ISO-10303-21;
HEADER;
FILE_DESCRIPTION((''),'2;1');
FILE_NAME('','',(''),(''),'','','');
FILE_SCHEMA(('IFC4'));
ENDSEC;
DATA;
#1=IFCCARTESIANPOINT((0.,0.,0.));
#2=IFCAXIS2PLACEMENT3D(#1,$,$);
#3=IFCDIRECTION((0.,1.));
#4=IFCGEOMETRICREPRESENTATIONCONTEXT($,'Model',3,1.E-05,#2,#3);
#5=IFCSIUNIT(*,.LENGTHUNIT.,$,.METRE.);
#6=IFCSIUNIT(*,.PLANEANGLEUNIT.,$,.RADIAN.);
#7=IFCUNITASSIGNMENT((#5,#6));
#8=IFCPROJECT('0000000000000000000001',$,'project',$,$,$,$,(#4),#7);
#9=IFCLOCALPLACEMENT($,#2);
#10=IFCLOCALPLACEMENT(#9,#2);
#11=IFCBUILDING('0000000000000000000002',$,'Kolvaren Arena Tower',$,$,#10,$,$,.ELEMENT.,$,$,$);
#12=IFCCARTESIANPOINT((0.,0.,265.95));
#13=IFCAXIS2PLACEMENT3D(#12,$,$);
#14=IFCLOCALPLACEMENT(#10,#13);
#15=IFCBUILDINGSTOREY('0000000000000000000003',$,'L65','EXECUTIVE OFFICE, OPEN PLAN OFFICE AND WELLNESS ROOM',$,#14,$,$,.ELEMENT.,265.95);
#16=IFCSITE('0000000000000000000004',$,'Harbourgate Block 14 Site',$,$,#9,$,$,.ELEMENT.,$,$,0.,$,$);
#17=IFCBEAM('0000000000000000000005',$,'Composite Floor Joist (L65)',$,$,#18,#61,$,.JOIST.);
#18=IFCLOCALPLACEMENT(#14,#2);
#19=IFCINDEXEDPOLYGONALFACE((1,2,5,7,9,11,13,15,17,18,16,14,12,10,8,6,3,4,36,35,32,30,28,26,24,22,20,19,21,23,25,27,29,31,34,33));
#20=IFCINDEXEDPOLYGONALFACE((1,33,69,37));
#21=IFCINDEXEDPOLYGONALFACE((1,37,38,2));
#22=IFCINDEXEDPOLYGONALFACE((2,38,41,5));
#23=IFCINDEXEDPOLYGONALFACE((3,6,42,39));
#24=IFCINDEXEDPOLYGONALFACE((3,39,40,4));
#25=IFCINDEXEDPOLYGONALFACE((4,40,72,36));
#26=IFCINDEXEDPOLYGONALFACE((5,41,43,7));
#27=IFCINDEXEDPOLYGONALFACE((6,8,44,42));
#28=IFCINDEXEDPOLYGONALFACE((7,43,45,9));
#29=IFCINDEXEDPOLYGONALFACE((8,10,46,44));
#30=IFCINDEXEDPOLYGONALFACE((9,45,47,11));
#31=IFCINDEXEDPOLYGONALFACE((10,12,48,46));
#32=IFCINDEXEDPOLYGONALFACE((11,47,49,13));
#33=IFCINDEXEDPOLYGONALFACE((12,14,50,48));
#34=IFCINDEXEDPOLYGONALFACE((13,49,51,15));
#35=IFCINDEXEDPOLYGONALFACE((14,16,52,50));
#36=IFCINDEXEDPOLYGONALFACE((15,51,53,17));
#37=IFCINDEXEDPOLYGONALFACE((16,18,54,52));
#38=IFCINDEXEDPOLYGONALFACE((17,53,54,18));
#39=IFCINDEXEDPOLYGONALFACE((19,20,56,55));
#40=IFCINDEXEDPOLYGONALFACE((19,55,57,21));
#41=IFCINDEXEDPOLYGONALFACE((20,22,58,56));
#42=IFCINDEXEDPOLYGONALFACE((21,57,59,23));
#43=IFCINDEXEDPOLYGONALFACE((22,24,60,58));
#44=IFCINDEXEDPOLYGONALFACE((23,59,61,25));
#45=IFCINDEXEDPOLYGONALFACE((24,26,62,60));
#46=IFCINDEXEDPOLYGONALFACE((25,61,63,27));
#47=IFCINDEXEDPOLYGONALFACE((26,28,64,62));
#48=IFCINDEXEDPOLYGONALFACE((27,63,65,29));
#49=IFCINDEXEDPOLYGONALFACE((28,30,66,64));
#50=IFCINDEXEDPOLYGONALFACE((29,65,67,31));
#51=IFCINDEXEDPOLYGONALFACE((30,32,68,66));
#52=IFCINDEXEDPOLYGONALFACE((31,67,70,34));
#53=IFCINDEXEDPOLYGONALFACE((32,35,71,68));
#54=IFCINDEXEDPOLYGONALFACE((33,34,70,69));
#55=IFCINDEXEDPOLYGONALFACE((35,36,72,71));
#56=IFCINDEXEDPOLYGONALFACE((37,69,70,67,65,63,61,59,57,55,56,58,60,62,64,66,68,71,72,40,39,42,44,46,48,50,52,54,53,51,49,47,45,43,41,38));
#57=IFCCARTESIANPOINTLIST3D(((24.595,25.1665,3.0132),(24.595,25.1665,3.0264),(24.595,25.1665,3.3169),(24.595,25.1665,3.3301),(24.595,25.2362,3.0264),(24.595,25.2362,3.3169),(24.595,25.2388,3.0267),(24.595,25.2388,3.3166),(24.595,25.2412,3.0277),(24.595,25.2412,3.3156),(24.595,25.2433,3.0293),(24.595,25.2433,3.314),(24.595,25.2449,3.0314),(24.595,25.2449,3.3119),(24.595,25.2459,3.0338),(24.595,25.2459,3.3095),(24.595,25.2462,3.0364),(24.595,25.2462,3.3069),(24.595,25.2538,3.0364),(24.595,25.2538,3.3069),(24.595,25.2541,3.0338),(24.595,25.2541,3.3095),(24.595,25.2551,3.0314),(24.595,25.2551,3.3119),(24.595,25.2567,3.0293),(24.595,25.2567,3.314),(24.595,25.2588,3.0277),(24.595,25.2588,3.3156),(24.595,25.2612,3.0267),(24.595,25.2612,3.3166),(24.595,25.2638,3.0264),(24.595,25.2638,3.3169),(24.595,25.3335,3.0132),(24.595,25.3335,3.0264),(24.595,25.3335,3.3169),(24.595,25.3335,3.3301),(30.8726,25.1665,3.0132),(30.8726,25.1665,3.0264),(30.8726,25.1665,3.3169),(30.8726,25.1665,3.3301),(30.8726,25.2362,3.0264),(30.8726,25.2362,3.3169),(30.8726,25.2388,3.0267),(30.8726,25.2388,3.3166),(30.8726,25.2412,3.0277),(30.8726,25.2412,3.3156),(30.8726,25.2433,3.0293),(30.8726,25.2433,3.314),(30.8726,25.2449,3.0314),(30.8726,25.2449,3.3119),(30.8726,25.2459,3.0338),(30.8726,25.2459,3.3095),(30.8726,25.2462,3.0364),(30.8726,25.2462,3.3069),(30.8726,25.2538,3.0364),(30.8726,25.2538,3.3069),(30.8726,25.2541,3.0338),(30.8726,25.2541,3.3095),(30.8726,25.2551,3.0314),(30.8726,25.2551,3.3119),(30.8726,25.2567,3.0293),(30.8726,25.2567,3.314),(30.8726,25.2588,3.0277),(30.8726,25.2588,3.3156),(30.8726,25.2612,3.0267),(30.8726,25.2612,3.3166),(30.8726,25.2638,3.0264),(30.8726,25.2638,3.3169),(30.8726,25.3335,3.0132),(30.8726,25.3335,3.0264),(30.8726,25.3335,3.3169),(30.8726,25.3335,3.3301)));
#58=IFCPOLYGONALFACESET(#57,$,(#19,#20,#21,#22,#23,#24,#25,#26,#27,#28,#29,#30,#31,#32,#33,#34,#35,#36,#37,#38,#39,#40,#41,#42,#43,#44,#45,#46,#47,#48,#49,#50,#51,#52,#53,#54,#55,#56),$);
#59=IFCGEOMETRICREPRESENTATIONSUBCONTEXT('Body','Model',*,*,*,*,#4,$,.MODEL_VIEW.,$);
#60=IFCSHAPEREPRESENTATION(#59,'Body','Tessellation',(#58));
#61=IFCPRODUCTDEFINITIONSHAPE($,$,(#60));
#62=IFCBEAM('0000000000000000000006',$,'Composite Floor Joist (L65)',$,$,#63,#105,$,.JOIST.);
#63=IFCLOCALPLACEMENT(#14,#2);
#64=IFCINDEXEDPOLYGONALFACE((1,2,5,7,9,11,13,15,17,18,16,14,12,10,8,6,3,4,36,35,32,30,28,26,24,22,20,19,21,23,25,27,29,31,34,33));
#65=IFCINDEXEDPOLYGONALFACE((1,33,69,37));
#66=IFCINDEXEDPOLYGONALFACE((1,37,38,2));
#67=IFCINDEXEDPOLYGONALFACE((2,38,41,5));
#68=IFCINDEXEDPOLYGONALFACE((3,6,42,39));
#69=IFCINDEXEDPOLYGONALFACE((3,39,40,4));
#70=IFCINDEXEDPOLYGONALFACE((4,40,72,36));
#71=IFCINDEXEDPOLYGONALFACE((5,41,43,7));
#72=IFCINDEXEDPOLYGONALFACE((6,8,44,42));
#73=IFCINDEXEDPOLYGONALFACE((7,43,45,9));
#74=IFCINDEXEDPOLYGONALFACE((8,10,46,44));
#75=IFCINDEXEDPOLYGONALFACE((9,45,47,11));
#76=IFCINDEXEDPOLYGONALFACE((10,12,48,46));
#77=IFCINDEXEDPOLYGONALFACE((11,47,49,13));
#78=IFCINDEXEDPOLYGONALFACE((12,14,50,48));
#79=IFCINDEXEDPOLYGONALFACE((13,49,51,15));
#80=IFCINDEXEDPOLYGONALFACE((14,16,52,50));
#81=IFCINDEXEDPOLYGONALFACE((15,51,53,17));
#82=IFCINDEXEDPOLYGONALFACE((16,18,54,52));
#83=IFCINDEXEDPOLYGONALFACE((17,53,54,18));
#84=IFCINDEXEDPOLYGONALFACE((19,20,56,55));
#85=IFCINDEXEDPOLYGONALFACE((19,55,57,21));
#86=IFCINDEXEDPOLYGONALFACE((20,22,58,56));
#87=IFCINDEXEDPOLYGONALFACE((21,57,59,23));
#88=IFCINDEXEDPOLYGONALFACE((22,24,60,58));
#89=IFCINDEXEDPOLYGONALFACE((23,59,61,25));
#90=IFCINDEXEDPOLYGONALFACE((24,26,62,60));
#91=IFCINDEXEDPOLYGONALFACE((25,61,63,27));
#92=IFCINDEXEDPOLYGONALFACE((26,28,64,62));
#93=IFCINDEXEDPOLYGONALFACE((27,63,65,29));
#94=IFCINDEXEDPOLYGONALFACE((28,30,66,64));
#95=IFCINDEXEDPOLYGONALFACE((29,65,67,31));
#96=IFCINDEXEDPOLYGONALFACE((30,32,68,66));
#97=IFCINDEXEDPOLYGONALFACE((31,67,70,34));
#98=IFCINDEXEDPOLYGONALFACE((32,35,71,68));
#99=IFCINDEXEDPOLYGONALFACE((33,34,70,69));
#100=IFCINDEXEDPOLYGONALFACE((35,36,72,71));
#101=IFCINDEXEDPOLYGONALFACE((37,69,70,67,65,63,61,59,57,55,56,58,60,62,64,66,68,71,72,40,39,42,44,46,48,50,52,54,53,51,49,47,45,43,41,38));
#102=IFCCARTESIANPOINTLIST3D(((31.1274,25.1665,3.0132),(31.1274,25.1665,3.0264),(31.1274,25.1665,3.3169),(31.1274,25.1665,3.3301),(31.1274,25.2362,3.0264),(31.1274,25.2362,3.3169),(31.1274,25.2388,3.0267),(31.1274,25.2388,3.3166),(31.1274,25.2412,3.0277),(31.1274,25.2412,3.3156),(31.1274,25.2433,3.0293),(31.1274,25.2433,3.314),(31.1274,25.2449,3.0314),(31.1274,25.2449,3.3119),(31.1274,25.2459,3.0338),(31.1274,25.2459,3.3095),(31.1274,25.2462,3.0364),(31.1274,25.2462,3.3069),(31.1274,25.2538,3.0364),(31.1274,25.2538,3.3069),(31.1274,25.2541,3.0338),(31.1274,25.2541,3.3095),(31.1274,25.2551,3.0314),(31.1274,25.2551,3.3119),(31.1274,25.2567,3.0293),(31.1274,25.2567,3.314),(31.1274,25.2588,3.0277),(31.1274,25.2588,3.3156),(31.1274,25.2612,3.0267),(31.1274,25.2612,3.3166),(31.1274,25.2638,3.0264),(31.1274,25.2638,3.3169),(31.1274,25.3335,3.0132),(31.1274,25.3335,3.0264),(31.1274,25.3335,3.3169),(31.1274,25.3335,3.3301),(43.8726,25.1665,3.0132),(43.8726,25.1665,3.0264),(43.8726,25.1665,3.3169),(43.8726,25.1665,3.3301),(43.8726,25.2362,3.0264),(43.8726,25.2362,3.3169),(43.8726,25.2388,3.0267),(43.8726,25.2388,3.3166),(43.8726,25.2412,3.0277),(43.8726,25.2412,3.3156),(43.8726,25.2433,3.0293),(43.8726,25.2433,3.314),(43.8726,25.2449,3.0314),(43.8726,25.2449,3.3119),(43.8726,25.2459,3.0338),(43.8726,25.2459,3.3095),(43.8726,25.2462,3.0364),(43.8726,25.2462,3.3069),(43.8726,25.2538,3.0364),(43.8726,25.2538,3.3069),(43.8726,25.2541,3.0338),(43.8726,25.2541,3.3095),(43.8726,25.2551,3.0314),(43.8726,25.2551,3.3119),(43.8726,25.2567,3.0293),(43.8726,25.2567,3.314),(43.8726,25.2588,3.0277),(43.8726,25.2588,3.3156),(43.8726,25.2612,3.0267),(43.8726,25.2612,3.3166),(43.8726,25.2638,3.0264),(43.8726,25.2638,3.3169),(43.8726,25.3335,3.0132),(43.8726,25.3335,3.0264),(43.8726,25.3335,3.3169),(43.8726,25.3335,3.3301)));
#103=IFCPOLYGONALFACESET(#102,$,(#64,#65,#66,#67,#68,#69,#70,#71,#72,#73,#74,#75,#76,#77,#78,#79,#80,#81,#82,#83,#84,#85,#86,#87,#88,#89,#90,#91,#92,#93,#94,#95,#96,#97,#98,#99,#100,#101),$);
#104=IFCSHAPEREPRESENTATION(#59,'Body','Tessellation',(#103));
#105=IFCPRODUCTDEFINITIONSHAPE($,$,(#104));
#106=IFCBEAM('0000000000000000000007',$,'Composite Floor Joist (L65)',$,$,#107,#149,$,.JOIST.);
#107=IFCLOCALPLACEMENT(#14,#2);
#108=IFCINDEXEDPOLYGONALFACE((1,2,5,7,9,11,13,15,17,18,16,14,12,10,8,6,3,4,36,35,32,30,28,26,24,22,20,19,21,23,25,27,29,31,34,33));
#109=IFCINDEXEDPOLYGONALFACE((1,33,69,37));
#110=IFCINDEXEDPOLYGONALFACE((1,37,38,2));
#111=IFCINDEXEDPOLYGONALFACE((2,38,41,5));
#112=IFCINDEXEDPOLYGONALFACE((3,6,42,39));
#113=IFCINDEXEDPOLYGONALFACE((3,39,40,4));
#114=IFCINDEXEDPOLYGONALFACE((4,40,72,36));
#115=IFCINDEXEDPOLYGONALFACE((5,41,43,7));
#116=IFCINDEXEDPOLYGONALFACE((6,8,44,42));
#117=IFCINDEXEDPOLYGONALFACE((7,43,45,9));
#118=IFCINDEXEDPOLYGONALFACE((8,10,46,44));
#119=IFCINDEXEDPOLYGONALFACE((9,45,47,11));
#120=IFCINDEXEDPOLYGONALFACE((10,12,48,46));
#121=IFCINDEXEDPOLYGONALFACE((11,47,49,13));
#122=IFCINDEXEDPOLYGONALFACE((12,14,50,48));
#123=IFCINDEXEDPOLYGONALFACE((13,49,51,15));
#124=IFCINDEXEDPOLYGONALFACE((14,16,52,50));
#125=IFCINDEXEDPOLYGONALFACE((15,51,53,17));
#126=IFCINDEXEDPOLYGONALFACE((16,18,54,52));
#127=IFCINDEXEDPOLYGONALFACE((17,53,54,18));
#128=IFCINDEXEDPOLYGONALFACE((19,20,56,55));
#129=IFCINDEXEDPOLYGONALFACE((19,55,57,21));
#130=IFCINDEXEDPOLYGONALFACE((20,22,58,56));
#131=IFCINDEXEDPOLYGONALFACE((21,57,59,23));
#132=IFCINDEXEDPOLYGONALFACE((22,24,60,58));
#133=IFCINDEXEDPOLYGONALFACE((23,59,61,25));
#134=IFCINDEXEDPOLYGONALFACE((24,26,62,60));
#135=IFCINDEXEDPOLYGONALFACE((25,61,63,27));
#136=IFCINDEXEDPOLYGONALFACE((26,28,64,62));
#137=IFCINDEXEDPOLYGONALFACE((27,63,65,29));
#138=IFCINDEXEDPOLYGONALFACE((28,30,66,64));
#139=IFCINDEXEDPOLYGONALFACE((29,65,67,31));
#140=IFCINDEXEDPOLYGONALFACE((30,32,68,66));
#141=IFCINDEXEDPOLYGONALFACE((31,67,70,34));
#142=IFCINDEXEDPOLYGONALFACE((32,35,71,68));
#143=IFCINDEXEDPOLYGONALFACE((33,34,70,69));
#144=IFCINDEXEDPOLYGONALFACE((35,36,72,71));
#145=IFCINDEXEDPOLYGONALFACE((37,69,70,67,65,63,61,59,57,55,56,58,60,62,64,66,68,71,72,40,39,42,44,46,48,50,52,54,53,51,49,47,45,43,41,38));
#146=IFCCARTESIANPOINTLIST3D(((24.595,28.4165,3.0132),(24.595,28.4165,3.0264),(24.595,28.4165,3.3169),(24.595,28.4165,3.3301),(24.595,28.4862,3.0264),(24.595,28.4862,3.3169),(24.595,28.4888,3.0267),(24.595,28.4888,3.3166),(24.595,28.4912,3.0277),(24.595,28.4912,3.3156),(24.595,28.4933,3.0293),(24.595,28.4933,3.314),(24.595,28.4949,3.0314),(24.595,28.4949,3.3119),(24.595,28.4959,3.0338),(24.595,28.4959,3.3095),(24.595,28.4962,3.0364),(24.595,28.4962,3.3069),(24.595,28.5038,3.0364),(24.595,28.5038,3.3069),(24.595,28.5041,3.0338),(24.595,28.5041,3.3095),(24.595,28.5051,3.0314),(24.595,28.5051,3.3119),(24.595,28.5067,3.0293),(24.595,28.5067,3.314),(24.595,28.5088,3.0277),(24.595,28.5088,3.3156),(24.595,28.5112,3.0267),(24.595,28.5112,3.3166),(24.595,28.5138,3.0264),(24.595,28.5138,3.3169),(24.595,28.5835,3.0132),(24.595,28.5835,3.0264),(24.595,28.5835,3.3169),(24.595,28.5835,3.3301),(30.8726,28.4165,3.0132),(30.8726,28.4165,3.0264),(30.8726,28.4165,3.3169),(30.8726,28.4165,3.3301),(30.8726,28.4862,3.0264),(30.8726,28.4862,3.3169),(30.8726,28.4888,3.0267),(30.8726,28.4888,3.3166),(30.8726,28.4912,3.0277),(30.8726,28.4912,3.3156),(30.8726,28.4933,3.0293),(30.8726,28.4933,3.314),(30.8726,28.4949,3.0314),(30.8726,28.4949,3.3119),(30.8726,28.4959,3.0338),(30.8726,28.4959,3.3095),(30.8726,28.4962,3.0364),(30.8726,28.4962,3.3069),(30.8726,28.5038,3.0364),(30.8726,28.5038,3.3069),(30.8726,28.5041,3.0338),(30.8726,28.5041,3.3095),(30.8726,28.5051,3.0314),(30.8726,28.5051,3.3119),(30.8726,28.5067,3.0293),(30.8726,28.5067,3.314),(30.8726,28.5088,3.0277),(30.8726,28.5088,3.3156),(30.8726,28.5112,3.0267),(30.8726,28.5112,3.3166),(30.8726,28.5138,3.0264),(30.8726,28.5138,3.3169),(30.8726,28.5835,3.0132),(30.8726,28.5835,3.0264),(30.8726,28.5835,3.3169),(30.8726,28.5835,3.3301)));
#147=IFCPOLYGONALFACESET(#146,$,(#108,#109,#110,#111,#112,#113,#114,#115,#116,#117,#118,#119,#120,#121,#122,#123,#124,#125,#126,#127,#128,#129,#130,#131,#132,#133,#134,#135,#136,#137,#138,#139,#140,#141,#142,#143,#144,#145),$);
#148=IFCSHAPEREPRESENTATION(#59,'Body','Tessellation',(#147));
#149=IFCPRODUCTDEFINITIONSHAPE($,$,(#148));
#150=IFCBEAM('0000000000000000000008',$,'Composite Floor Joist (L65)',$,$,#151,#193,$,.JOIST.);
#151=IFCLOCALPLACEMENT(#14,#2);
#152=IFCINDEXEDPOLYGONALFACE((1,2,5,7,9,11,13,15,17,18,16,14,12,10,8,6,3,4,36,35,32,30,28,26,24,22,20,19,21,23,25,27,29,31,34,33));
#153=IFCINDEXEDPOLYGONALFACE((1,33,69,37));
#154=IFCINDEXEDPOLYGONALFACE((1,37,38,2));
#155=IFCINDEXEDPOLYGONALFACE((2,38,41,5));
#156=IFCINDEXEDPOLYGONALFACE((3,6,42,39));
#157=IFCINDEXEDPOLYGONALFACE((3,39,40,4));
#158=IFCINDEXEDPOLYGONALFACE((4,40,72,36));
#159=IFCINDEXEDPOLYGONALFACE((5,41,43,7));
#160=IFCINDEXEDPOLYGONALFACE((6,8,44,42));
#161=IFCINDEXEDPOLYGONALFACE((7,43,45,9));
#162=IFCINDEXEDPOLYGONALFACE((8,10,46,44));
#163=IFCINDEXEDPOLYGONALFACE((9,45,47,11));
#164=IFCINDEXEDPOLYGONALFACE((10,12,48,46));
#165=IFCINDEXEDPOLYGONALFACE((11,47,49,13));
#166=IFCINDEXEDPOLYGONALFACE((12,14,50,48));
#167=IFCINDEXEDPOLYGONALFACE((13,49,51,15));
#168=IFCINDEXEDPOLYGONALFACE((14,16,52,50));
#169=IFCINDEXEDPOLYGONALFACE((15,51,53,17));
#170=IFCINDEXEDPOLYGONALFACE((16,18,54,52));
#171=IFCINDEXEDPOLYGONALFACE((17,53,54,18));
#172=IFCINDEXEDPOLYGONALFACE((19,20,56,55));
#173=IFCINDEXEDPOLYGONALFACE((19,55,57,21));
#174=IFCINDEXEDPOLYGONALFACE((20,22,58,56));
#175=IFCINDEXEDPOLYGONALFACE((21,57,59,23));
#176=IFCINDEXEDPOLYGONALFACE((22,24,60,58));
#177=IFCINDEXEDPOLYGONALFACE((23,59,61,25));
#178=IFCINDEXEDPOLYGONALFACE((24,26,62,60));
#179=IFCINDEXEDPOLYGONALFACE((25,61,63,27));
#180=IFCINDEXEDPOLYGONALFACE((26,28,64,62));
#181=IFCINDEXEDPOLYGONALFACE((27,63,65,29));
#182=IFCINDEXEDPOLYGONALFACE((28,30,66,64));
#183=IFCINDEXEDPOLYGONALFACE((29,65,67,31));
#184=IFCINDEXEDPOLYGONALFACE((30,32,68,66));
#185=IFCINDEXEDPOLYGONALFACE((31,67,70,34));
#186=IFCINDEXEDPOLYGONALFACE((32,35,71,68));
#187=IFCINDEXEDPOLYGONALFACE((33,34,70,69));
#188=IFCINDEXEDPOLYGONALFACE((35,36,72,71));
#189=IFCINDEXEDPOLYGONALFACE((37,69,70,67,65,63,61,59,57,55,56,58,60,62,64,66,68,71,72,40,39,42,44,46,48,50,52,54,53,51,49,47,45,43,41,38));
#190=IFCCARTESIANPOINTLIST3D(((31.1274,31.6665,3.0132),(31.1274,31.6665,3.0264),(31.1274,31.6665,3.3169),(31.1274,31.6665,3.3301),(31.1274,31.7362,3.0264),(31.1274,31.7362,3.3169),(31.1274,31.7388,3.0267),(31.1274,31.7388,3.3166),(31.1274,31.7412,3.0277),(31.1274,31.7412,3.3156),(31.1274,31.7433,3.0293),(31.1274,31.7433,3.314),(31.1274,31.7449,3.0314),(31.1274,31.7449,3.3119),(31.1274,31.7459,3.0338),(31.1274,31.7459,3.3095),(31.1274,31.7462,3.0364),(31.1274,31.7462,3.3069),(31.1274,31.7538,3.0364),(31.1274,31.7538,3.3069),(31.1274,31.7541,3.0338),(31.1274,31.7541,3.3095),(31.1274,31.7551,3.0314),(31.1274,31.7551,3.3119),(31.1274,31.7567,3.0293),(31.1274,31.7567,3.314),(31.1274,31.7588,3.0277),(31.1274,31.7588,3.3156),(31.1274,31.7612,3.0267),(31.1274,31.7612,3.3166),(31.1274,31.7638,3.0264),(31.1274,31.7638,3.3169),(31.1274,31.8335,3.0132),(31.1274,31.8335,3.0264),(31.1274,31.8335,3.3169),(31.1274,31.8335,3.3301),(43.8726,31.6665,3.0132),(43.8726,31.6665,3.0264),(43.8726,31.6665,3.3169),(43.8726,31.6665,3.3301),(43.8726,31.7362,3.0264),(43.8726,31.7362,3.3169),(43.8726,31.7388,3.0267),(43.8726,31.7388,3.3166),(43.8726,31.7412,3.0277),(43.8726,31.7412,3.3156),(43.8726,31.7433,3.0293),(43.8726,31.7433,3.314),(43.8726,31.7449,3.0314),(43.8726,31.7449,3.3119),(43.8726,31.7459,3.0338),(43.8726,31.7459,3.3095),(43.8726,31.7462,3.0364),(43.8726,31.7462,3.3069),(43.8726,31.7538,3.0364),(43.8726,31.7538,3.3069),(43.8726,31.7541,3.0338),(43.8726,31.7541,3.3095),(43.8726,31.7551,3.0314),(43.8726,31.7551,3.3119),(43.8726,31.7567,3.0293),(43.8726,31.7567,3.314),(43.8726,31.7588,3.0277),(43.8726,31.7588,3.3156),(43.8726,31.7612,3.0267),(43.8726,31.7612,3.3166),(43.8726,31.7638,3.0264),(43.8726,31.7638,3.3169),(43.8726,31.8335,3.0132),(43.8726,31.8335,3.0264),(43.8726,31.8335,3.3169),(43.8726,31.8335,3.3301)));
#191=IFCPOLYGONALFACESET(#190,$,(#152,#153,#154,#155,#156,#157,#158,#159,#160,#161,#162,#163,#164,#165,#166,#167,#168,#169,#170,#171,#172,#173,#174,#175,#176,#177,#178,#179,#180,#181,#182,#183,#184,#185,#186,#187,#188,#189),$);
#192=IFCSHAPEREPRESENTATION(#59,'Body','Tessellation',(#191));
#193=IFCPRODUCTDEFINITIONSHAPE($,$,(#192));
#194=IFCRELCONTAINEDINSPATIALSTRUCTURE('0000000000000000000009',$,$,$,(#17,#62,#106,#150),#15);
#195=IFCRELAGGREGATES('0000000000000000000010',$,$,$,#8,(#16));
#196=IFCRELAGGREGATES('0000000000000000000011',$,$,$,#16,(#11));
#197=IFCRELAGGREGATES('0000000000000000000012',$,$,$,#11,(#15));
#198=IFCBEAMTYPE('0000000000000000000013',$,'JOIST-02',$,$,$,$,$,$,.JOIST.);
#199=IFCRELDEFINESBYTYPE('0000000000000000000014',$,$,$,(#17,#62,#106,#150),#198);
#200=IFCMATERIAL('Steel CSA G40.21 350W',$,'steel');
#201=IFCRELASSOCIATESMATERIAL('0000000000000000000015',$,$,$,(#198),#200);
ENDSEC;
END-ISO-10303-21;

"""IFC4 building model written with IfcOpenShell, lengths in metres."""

from ifc_helpers import new_model, si_unit, direction, frame, origin, origin_2d, place, context, subcontext, project, spatial, i_section, extrude, material, material_profile, profile_set, type_object, element, save


model = new_model("IFC4")

# Units and contexts
model_context = context("Model", 3, precision=1e-05, world=origin(), true_north=direction((0.0, 1.0)))
body_context = subcontext(model_context, "Body", "Model", "MODEL_VIEW")
ifc_project = project(units=[si_unit("LENGTHUNIT", "METRE"), si_unit("PLANEANGLEUNIT", "RADIAN")], contexts=[model_context])

# Site, building, storey
site_placement = place(None, origin())
site = spatial("IfcSite", under=ifc_project, at=site_placement, Name="Harbourgate Block 14 Site", CompositionType="ELEMENT", RefElevation=0.0)
building_placement = place(site_placement, origin())
building = spatial("IfcBuilding", under=site, at=building_placement, Name="Kolvaren Arena Tower", CompositionType="ELEMENT")
storey_placement = place(building_placement, frame((0.0, 0.0, 265.95)))
storey = spatial("IfcBuildingStorey", under=building, at=storey_placement, Name="L65", Description="EXECUTIVE OFFICE, OPEN PLAN OFFICE AND WELLNESS ROOM", CompositionType="ELEMENT", Elevation=265.95)

# Beams
ifc_material_1 = material(Name="Steel CSA G40.21 350W", Category="steel")
ifc_material_profile_1 = material_profile(ifc_material_1, i_section(OverallWidth=0.167, OverallDepth=0.3169, WebThickness=0.0076, FlangeThickness=0.0132, FilletRadius=0.01, at=origin_2d()), Name="W310x52")
ifc_profile_set_1 = profile_set([ifc_material_profile_1], Name="Steel CSA G40.21 350W")
beam_type_1 = type_object("IfcBeamType", Name="JOIST-02", PredefinedType="JOIST", material=ifc_profile_set_1)
beam_1_placement = place(storey_placement, frame((24.595, 25.25, 3.1716), z_axis=(1.0, 0.0, 0.0), x_axis=(0.0, 1.0, 0.0)))
element("IfcBeam", 1, at=beam_1_placement, inside=storey, type_object=beam_type_1, Name="Composite Floor Joist (L65)", PredefinedType="JOIST", context=body_context, shape_type="SweptSolid", body=[
    extrude(i_section(OverallWidth=0.167, OverallDepth=0.3169, WebThickness=0.0076, FlangeThickness=0.0132, FilletRadius=0.01, at=origin_2d()), origin(), (0.0, 0.0, 1.0), 6.2776),
])
beam_2_placement = place(storey_placement, frame((31.1274, 25.25, 3.1716), z_axis=(1.0, 0.0, 0.0), x_axis=(0.0, 1.0, 0.0)))
element("IfcBeam", 2, at=beam_2_placement, inside=storey, type_object=beam_type_1, Name="Composite Floor Joist (L65)", PredefinedType="JOIST", context=body_context, shape_type="SweptSolid", body=[
    extrude(i_section(OverallWidth=0.167, OverallDepth=0.3169, WebThickness=0.0076, FlangeThickness=0.0132, FilletRadius=0.01, at=origin_2d()), origin(), (0.0, 0.0, 1.0), 12.7451),
])
beam_3_placement = place(storey_placement, frame((24.595, 28.5, 3.1716), z_axis=(1.0, 0.0, 0.0), x_axis=(0.0, 1.0, 0.0)))
element("IfcBeam", 3, at=beam_3_placement, inside=storey, type_object=beam_type_1, Name="Composite Floor Joist (L65)", PredefinedType="JOIST", context=body_context, shape_type="SweptSolid", body=[
    extrude(i_section(OverallWidth=0.167, OverallDepth=0.3169, WebThickness=0.0076, FlangeThickness=0.0132, FilletRadius=0.01, at=origin_2d()), origin(), (0.0, 0.0, 1.0), 6.2776),
])
beam_4_placement = place(storey_placement, frame((31.1274, 31.75, 3.1716), z_axis=(1.0, 0.0, 0.0), x_axis=(0.0, 1.0, 0.0)))
element("IfcBeam", 4, at=beam_4_placement, inside=storey, type_object=beam_type_1, Name="Composite Floor Joist (L65)", PredefinedType="JOIST", context=body_context, shape_type="SweptSolid", body=[
    extrude(i_section(OverallWidth=0.167, OverallDepth=0.3169, WebThickness=0.0076, FlangeThickness=0.0132, FilletRadius=0.01, at=origin_2d()), origin(), (0.0, 0.0, 1.0), 12.7451),
])

save(model, "model.ifc")
